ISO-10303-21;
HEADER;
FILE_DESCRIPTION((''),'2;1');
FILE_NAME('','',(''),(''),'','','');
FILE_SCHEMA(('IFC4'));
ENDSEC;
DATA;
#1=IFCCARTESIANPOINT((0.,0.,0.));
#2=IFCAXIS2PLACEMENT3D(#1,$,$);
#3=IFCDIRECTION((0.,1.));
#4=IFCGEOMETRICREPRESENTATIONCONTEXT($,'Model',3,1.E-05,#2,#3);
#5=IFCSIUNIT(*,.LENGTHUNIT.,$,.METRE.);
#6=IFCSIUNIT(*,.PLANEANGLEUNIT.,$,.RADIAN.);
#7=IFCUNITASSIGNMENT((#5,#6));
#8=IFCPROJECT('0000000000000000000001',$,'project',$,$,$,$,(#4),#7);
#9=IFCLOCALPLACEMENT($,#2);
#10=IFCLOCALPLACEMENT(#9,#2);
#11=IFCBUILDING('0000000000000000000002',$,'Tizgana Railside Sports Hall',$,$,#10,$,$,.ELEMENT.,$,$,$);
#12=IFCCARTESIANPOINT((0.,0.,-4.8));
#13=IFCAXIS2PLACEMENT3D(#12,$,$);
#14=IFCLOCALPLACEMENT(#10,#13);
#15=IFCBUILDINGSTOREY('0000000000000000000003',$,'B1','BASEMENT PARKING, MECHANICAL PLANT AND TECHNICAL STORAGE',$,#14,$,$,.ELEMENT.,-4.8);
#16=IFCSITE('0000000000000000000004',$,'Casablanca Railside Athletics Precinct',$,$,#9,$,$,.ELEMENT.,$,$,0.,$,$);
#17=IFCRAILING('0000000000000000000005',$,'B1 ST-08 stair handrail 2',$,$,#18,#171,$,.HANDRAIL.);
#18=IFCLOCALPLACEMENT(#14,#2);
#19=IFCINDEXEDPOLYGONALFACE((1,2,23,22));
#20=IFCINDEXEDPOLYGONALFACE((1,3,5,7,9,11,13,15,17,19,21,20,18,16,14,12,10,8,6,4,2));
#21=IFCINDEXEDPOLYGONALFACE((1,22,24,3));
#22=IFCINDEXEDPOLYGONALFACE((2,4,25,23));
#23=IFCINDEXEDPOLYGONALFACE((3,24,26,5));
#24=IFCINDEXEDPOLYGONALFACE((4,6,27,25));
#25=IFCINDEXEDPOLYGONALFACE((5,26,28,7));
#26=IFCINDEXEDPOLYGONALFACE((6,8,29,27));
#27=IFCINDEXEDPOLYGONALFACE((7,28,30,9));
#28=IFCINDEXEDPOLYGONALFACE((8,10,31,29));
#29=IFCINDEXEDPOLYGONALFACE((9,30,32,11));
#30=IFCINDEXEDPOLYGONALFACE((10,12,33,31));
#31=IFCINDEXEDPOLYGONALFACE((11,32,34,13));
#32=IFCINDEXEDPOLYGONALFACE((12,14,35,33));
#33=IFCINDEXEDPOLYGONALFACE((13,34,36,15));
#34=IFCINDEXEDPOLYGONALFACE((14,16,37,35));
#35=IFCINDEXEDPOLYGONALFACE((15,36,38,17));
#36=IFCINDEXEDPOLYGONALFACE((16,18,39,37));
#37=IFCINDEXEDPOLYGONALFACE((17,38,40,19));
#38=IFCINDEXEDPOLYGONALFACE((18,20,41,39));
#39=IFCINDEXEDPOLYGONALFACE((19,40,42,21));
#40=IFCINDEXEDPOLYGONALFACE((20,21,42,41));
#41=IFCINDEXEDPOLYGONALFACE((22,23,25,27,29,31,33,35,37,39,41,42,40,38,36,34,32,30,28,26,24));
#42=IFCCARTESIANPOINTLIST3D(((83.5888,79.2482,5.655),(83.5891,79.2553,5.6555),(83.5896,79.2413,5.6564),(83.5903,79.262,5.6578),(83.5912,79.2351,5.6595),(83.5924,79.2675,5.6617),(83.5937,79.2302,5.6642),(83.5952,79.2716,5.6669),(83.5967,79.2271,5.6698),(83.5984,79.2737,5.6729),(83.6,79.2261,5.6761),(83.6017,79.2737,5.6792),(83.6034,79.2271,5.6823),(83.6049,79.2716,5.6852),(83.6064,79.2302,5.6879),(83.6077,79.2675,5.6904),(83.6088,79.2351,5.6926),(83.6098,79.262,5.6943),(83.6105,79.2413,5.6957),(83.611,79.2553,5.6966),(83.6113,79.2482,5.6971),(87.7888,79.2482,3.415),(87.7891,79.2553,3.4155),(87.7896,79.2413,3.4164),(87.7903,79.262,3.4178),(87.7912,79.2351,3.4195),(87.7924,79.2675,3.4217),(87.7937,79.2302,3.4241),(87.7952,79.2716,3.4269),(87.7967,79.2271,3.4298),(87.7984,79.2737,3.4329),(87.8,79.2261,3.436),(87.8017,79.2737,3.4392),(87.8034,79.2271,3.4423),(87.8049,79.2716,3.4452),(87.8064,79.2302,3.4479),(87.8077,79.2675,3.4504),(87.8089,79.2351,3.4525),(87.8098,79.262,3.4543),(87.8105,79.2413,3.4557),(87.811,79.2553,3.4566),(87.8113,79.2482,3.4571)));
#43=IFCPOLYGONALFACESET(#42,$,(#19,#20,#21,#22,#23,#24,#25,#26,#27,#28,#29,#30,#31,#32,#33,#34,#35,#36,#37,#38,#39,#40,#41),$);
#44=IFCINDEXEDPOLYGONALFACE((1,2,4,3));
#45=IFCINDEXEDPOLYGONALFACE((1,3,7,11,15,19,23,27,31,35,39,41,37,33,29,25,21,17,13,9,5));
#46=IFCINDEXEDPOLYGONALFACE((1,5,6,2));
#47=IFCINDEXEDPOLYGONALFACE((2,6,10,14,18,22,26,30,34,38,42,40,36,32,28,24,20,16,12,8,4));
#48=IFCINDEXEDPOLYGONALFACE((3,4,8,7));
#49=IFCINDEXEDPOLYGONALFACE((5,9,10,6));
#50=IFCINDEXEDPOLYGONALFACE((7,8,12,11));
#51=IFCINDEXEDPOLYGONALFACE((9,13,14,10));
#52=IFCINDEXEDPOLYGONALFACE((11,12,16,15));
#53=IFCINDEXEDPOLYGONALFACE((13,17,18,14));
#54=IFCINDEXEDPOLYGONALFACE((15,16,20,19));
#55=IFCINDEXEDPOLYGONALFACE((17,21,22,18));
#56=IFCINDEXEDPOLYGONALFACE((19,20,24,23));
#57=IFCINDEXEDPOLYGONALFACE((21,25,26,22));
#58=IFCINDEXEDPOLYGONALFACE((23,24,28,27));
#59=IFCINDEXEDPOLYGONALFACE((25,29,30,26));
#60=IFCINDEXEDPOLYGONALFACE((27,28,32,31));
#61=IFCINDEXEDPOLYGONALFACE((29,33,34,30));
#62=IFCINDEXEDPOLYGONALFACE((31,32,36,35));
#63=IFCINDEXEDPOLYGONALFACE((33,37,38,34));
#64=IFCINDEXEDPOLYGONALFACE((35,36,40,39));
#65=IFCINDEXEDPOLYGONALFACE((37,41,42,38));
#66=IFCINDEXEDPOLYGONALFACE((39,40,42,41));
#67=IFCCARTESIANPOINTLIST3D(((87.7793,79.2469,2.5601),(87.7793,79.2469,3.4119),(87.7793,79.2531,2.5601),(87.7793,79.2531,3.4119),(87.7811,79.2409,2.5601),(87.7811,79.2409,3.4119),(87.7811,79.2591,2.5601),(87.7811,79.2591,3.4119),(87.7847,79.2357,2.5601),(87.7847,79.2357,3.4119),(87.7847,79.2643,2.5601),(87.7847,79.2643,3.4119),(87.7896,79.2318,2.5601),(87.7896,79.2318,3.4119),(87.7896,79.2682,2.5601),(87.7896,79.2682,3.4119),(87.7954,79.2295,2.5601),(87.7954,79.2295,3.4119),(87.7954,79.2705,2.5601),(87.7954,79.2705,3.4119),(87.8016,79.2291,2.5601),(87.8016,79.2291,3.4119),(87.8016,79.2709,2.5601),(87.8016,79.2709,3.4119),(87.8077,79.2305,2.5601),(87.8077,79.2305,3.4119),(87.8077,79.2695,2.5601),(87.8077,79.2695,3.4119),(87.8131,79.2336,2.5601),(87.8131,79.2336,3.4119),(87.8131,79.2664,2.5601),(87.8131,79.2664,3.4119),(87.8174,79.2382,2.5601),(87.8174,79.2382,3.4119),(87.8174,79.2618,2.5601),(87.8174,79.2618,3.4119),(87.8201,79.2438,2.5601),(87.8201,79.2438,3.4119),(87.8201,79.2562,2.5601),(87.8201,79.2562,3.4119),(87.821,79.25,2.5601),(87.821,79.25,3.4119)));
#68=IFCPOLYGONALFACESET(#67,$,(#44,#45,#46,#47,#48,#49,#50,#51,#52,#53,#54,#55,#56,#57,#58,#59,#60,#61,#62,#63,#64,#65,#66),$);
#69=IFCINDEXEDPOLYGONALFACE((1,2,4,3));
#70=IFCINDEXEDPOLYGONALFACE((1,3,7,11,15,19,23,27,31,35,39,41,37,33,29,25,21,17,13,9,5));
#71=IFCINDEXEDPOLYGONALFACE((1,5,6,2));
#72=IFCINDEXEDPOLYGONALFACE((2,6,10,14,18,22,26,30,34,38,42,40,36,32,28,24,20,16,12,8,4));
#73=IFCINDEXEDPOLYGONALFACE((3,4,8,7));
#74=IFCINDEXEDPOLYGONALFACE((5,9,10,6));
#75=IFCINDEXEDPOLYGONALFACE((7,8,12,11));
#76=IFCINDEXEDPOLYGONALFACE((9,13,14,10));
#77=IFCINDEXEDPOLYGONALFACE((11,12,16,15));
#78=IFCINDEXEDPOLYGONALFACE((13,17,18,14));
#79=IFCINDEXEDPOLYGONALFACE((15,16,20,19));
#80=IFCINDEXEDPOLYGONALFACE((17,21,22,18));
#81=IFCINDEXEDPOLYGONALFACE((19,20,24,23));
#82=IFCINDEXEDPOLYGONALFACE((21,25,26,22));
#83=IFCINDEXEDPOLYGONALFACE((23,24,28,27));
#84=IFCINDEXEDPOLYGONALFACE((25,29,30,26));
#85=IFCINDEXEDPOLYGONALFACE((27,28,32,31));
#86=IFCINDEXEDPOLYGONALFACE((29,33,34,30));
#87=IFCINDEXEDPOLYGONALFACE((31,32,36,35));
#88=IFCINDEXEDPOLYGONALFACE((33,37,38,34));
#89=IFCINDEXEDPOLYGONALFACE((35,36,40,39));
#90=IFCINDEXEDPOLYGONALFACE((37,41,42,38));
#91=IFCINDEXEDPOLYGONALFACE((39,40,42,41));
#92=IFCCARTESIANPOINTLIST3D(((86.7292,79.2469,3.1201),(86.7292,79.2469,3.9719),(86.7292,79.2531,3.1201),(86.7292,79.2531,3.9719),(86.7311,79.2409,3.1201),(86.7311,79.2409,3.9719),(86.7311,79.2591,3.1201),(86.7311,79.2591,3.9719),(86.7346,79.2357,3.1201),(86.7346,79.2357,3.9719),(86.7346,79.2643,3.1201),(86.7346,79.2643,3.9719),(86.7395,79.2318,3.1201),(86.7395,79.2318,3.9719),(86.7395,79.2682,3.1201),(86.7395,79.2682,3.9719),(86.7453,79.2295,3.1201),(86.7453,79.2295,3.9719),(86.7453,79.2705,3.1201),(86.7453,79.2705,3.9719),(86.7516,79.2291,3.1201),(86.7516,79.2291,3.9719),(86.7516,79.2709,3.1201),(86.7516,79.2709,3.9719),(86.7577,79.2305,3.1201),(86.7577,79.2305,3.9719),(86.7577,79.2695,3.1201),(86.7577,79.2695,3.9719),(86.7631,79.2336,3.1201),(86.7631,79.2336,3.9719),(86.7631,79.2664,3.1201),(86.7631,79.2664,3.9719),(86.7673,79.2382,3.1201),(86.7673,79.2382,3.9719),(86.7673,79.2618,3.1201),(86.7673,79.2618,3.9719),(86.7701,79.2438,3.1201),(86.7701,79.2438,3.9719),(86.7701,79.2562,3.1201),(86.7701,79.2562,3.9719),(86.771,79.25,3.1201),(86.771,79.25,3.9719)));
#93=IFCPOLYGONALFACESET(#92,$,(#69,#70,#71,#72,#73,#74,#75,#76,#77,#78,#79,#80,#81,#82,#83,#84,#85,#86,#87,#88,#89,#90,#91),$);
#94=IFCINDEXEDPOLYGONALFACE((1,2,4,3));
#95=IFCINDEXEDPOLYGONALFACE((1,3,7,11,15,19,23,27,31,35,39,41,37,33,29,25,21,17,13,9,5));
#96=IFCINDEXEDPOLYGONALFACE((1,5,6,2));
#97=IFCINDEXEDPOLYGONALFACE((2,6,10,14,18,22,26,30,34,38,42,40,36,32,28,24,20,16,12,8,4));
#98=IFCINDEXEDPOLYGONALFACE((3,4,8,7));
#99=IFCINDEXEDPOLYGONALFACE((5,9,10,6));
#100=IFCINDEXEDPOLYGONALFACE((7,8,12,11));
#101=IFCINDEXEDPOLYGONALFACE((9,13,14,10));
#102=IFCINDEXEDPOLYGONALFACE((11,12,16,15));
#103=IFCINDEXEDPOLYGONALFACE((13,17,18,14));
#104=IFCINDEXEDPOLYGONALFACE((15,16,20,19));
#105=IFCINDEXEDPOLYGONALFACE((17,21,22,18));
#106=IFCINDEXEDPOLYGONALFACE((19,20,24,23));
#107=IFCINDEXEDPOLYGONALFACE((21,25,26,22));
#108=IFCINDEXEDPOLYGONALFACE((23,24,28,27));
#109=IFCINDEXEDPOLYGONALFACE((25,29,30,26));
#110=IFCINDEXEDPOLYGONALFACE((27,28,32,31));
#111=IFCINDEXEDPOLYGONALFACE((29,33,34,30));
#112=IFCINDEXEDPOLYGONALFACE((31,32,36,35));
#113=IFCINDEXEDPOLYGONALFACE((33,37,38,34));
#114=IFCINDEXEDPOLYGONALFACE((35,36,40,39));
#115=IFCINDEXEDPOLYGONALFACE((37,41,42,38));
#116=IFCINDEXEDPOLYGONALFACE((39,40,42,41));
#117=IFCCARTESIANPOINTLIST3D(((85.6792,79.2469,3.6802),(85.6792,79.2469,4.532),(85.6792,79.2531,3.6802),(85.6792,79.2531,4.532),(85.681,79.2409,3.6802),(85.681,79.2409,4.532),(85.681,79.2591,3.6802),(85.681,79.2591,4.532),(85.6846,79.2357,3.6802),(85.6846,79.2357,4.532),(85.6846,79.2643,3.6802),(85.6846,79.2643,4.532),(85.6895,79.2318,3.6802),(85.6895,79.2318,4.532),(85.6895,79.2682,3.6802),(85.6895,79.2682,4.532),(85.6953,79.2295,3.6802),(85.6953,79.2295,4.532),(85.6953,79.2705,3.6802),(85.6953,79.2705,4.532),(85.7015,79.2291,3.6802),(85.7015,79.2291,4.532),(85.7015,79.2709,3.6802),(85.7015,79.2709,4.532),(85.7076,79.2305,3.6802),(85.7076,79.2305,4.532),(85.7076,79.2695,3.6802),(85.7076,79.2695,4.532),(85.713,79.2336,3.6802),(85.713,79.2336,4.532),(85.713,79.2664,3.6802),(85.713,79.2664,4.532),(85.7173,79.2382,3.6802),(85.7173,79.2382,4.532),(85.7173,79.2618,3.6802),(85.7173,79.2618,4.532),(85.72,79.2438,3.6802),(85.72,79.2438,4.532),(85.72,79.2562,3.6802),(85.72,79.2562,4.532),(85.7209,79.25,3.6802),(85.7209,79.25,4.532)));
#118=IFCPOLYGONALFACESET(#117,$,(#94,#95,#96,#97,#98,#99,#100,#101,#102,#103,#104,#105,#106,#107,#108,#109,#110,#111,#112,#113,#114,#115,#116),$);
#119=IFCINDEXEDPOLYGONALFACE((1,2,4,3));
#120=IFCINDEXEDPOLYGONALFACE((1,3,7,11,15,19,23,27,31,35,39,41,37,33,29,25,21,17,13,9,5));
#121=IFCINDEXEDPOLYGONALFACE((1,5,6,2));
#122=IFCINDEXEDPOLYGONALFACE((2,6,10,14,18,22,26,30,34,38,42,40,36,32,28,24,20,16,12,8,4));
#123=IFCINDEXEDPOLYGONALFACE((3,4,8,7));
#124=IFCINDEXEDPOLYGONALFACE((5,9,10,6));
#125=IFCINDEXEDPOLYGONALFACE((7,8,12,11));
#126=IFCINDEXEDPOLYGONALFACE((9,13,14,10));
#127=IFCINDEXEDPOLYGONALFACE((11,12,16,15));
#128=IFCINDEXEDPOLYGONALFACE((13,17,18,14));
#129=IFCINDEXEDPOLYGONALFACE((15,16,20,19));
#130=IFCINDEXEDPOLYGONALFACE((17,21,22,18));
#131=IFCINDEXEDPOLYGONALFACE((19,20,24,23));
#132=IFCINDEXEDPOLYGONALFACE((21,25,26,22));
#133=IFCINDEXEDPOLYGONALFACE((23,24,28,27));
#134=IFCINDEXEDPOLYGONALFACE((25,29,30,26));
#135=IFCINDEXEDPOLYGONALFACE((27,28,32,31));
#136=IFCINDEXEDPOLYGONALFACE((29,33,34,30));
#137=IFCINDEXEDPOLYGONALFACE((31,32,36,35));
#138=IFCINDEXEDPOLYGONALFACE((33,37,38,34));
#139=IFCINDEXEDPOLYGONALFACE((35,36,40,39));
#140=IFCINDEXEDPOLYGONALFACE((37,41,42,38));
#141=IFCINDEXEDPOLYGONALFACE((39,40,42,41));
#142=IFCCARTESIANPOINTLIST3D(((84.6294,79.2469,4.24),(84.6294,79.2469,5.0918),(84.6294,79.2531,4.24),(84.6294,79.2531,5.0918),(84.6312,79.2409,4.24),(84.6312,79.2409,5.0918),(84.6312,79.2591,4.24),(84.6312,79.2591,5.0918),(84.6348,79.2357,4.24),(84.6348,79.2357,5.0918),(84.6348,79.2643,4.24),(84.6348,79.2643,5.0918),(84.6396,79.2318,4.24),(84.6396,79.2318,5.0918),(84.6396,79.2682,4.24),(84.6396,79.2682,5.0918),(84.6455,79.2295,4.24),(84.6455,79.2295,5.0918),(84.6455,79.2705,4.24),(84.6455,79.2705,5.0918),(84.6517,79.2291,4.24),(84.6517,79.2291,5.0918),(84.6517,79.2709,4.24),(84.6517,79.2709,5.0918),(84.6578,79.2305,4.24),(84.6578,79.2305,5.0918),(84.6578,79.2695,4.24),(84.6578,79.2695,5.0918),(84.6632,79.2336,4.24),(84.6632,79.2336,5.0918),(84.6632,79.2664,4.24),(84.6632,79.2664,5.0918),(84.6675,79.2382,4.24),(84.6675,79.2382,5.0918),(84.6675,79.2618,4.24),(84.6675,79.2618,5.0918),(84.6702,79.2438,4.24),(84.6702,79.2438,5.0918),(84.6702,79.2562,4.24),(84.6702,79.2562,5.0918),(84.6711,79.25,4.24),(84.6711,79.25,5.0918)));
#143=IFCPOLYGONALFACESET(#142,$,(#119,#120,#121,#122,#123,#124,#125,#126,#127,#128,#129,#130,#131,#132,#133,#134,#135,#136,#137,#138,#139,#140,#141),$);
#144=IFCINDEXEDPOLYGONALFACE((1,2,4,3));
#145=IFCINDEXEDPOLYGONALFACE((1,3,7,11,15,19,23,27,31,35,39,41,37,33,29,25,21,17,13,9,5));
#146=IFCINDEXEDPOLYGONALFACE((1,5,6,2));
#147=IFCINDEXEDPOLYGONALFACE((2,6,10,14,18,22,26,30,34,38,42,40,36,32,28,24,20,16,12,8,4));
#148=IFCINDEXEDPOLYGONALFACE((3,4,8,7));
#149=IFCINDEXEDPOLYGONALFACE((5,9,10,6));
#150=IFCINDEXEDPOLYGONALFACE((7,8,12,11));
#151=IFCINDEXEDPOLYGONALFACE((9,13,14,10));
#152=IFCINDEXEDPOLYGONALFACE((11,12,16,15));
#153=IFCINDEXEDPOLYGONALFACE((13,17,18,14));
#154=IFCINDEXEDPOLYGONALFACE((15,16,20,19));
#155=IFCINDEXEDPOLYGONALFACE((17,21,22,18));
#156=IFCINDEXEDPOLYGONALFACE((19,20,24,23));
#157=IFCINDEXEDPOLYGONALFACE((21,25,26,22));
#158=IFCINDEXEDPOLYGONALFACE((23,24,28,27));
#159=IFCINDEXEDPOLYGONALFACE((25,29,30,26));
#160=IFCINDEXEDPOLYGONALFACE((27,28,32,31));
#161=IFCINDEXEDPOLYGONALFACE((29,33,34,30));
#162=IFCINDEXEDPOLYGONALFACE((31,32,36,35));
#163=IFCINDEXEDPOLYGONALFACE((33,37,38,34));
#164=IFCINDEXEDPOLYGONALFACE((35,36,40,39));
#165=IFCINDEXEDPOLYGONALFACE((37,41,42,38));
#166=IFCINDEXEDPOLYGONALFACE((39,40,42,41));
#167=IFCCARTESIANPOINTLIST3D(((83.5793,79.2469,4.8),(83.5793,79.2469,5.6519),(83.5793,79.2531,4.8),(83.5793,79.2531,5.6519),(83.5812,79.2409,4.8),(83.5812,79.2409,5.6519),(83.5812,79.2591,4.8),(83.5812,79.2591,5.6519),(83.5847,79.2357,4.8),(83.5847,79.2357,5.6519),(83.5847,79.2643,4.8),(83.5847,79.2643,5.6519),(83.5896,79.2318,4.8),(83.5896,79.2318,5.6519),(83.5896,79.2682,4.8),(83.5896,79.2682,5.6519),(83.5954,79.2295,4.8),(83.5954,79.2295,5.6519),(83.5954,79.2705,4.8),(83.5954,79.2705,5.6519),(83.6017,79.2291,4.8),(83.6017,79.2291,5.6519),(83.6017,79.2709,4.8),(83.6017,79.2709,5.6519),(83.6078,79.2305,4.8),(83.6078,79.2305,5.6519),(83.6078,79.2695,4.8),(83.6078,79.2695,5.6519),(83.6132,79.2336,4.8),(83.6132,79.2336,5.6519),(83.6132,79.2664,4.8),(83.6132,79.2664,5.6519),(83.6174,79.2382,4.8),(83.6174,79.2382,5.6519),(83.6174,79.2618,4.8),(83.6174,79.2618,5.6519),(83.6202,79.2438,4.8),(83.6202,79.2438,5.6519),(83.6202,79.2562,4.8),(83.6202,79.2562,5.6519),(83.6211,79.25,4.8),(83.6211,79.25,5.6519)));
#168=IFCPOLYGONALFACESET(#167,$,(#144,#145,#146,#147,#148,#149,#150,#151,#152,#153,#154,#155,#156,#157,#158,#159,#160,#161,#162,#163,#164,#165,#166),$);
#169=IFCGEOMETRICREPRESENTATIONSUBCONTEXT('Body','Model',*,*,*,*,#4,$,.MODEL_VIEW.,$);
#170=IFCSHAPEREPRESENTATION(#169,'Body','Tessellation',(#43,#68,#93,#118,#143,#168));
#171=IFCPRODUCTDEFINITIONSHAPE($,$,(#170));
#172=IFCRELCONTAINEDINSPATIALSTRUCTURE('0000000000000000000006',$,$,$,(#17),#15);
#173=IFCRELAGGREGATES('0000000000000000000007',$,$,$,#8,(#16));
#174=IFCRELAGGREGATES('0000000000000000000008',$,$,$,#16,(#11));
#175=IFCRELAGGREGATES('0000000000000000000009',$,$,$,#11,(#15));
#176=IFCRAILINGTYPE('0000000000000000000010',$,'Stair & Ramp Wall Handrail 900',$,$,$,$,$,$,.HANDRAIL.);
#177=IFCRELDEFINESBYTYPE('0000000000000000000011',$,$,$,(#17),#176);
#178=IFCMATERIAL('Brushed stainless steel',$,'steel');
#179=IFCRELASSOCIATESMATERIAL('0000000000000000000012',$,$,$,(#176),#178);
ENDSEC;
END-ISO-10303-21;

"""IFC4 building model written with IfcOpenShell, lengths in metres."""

from ifc_helpers import new_model, si_unit, direction, frame, origin, origin_2d, place, context, subcontext, project, spatial, circle, extrude, material, type_object, element, save


model = new_model("IFC4")

# Units and contexts
model_context = context("Model", 3, precision=1e-05, world=origin(), true_north=direction((0.0, 1.0)))
body_context = subcontext(model_context, "Body", "Model", "MODEL_VIEW")
ifc_project = project(units=[si_unit("LENGTHUNIT", "METRE"), si_unit("PLANEANGLEUNIT", "RADIAN")], contexts=[model_context])

# Site, building, storey
site_placement = place(None, origin())
site = spatial("IfcSite", under=ifc_project, at=site_placement, Name="Casablanca Railside Athletics Precinct", CompositionType="ELEMENT", RefElevation=0.0)
building_placement = place(site_placement, origin())
building = spatial("IfcBuilding", under=site, at=building_placement, Name="Tizgana Railside Sports Hall", CompositionType="ELEMENT")
storey_placement = place(building_placement, frame((0.0, 0.0, -4.8)))
storey = spatial("IfcBuildingStorey", under=building, at=storey_placement, Name="B1", Description="BASEMENT PARKING, MECHANICAL PLANT AND TECHNICAL STORAGE", CompositionType="ELEMENT", Elevation=-4.8)

# Railing
ifc_material_1 = material(Name="Brushed stainless steel", Category="steel")
railing_type_1 = type_object("IfcRailingType", Name="Stair & Ramp Wall Handrail 900", PredefinedType="HANDRAIL", material=ifc_material_1)
railing_1_placement = place(storey_placement, frame((87.8, 79.25, 2.5601)))
element("IfcRailing", 1, at=railing_1_placement, inside=storey, type_object=railing_type_1, Name="B1 ST-08 stair handrail 2", PredefinedType="HANDRAIL", context=body_context, shape_type="SweptSolid", body=[
    extrude(circle(Radius=0.0239, at=origin_2d()), frame((0.0, 0.0, 0.876), z_axis=(-0.882352, 0.0, 0.470591), x_axis=(0.0, -1.0, 0.0)), (0.0, 0.0, 1.0), 4.76),
    extrude(circle(Radius=0.021, at=origin_2d()), origin(), (0.0, 0.0, 1.0), 0.8518),
    extrude(circle(Radius=0.021, at=origin_2d()), frame((-1.05, 0.0, 0.5601)), (0.0, 0.0, 1.0), 0.8518),
    extrude(circle(Radius=0.021, at=origin_2d()), frame((-2.1001, 0.0, 1.1201)), (0.0, 0.0, 1.0), 0.8518),
    extrude(circle(Radius=0.021, at=origin_2d()), frame((-3.1499, 0.0, 1.6799)), (0.0, 0.0, 1.0), 0.8518),
    extrude(circle(Radius=0.021, at=origin_2d()), frame((-4.2, 0.0, 2.24)), (0.0, 0.0, 1.0), 0.8518),
])

save(model, "model.ifc")
